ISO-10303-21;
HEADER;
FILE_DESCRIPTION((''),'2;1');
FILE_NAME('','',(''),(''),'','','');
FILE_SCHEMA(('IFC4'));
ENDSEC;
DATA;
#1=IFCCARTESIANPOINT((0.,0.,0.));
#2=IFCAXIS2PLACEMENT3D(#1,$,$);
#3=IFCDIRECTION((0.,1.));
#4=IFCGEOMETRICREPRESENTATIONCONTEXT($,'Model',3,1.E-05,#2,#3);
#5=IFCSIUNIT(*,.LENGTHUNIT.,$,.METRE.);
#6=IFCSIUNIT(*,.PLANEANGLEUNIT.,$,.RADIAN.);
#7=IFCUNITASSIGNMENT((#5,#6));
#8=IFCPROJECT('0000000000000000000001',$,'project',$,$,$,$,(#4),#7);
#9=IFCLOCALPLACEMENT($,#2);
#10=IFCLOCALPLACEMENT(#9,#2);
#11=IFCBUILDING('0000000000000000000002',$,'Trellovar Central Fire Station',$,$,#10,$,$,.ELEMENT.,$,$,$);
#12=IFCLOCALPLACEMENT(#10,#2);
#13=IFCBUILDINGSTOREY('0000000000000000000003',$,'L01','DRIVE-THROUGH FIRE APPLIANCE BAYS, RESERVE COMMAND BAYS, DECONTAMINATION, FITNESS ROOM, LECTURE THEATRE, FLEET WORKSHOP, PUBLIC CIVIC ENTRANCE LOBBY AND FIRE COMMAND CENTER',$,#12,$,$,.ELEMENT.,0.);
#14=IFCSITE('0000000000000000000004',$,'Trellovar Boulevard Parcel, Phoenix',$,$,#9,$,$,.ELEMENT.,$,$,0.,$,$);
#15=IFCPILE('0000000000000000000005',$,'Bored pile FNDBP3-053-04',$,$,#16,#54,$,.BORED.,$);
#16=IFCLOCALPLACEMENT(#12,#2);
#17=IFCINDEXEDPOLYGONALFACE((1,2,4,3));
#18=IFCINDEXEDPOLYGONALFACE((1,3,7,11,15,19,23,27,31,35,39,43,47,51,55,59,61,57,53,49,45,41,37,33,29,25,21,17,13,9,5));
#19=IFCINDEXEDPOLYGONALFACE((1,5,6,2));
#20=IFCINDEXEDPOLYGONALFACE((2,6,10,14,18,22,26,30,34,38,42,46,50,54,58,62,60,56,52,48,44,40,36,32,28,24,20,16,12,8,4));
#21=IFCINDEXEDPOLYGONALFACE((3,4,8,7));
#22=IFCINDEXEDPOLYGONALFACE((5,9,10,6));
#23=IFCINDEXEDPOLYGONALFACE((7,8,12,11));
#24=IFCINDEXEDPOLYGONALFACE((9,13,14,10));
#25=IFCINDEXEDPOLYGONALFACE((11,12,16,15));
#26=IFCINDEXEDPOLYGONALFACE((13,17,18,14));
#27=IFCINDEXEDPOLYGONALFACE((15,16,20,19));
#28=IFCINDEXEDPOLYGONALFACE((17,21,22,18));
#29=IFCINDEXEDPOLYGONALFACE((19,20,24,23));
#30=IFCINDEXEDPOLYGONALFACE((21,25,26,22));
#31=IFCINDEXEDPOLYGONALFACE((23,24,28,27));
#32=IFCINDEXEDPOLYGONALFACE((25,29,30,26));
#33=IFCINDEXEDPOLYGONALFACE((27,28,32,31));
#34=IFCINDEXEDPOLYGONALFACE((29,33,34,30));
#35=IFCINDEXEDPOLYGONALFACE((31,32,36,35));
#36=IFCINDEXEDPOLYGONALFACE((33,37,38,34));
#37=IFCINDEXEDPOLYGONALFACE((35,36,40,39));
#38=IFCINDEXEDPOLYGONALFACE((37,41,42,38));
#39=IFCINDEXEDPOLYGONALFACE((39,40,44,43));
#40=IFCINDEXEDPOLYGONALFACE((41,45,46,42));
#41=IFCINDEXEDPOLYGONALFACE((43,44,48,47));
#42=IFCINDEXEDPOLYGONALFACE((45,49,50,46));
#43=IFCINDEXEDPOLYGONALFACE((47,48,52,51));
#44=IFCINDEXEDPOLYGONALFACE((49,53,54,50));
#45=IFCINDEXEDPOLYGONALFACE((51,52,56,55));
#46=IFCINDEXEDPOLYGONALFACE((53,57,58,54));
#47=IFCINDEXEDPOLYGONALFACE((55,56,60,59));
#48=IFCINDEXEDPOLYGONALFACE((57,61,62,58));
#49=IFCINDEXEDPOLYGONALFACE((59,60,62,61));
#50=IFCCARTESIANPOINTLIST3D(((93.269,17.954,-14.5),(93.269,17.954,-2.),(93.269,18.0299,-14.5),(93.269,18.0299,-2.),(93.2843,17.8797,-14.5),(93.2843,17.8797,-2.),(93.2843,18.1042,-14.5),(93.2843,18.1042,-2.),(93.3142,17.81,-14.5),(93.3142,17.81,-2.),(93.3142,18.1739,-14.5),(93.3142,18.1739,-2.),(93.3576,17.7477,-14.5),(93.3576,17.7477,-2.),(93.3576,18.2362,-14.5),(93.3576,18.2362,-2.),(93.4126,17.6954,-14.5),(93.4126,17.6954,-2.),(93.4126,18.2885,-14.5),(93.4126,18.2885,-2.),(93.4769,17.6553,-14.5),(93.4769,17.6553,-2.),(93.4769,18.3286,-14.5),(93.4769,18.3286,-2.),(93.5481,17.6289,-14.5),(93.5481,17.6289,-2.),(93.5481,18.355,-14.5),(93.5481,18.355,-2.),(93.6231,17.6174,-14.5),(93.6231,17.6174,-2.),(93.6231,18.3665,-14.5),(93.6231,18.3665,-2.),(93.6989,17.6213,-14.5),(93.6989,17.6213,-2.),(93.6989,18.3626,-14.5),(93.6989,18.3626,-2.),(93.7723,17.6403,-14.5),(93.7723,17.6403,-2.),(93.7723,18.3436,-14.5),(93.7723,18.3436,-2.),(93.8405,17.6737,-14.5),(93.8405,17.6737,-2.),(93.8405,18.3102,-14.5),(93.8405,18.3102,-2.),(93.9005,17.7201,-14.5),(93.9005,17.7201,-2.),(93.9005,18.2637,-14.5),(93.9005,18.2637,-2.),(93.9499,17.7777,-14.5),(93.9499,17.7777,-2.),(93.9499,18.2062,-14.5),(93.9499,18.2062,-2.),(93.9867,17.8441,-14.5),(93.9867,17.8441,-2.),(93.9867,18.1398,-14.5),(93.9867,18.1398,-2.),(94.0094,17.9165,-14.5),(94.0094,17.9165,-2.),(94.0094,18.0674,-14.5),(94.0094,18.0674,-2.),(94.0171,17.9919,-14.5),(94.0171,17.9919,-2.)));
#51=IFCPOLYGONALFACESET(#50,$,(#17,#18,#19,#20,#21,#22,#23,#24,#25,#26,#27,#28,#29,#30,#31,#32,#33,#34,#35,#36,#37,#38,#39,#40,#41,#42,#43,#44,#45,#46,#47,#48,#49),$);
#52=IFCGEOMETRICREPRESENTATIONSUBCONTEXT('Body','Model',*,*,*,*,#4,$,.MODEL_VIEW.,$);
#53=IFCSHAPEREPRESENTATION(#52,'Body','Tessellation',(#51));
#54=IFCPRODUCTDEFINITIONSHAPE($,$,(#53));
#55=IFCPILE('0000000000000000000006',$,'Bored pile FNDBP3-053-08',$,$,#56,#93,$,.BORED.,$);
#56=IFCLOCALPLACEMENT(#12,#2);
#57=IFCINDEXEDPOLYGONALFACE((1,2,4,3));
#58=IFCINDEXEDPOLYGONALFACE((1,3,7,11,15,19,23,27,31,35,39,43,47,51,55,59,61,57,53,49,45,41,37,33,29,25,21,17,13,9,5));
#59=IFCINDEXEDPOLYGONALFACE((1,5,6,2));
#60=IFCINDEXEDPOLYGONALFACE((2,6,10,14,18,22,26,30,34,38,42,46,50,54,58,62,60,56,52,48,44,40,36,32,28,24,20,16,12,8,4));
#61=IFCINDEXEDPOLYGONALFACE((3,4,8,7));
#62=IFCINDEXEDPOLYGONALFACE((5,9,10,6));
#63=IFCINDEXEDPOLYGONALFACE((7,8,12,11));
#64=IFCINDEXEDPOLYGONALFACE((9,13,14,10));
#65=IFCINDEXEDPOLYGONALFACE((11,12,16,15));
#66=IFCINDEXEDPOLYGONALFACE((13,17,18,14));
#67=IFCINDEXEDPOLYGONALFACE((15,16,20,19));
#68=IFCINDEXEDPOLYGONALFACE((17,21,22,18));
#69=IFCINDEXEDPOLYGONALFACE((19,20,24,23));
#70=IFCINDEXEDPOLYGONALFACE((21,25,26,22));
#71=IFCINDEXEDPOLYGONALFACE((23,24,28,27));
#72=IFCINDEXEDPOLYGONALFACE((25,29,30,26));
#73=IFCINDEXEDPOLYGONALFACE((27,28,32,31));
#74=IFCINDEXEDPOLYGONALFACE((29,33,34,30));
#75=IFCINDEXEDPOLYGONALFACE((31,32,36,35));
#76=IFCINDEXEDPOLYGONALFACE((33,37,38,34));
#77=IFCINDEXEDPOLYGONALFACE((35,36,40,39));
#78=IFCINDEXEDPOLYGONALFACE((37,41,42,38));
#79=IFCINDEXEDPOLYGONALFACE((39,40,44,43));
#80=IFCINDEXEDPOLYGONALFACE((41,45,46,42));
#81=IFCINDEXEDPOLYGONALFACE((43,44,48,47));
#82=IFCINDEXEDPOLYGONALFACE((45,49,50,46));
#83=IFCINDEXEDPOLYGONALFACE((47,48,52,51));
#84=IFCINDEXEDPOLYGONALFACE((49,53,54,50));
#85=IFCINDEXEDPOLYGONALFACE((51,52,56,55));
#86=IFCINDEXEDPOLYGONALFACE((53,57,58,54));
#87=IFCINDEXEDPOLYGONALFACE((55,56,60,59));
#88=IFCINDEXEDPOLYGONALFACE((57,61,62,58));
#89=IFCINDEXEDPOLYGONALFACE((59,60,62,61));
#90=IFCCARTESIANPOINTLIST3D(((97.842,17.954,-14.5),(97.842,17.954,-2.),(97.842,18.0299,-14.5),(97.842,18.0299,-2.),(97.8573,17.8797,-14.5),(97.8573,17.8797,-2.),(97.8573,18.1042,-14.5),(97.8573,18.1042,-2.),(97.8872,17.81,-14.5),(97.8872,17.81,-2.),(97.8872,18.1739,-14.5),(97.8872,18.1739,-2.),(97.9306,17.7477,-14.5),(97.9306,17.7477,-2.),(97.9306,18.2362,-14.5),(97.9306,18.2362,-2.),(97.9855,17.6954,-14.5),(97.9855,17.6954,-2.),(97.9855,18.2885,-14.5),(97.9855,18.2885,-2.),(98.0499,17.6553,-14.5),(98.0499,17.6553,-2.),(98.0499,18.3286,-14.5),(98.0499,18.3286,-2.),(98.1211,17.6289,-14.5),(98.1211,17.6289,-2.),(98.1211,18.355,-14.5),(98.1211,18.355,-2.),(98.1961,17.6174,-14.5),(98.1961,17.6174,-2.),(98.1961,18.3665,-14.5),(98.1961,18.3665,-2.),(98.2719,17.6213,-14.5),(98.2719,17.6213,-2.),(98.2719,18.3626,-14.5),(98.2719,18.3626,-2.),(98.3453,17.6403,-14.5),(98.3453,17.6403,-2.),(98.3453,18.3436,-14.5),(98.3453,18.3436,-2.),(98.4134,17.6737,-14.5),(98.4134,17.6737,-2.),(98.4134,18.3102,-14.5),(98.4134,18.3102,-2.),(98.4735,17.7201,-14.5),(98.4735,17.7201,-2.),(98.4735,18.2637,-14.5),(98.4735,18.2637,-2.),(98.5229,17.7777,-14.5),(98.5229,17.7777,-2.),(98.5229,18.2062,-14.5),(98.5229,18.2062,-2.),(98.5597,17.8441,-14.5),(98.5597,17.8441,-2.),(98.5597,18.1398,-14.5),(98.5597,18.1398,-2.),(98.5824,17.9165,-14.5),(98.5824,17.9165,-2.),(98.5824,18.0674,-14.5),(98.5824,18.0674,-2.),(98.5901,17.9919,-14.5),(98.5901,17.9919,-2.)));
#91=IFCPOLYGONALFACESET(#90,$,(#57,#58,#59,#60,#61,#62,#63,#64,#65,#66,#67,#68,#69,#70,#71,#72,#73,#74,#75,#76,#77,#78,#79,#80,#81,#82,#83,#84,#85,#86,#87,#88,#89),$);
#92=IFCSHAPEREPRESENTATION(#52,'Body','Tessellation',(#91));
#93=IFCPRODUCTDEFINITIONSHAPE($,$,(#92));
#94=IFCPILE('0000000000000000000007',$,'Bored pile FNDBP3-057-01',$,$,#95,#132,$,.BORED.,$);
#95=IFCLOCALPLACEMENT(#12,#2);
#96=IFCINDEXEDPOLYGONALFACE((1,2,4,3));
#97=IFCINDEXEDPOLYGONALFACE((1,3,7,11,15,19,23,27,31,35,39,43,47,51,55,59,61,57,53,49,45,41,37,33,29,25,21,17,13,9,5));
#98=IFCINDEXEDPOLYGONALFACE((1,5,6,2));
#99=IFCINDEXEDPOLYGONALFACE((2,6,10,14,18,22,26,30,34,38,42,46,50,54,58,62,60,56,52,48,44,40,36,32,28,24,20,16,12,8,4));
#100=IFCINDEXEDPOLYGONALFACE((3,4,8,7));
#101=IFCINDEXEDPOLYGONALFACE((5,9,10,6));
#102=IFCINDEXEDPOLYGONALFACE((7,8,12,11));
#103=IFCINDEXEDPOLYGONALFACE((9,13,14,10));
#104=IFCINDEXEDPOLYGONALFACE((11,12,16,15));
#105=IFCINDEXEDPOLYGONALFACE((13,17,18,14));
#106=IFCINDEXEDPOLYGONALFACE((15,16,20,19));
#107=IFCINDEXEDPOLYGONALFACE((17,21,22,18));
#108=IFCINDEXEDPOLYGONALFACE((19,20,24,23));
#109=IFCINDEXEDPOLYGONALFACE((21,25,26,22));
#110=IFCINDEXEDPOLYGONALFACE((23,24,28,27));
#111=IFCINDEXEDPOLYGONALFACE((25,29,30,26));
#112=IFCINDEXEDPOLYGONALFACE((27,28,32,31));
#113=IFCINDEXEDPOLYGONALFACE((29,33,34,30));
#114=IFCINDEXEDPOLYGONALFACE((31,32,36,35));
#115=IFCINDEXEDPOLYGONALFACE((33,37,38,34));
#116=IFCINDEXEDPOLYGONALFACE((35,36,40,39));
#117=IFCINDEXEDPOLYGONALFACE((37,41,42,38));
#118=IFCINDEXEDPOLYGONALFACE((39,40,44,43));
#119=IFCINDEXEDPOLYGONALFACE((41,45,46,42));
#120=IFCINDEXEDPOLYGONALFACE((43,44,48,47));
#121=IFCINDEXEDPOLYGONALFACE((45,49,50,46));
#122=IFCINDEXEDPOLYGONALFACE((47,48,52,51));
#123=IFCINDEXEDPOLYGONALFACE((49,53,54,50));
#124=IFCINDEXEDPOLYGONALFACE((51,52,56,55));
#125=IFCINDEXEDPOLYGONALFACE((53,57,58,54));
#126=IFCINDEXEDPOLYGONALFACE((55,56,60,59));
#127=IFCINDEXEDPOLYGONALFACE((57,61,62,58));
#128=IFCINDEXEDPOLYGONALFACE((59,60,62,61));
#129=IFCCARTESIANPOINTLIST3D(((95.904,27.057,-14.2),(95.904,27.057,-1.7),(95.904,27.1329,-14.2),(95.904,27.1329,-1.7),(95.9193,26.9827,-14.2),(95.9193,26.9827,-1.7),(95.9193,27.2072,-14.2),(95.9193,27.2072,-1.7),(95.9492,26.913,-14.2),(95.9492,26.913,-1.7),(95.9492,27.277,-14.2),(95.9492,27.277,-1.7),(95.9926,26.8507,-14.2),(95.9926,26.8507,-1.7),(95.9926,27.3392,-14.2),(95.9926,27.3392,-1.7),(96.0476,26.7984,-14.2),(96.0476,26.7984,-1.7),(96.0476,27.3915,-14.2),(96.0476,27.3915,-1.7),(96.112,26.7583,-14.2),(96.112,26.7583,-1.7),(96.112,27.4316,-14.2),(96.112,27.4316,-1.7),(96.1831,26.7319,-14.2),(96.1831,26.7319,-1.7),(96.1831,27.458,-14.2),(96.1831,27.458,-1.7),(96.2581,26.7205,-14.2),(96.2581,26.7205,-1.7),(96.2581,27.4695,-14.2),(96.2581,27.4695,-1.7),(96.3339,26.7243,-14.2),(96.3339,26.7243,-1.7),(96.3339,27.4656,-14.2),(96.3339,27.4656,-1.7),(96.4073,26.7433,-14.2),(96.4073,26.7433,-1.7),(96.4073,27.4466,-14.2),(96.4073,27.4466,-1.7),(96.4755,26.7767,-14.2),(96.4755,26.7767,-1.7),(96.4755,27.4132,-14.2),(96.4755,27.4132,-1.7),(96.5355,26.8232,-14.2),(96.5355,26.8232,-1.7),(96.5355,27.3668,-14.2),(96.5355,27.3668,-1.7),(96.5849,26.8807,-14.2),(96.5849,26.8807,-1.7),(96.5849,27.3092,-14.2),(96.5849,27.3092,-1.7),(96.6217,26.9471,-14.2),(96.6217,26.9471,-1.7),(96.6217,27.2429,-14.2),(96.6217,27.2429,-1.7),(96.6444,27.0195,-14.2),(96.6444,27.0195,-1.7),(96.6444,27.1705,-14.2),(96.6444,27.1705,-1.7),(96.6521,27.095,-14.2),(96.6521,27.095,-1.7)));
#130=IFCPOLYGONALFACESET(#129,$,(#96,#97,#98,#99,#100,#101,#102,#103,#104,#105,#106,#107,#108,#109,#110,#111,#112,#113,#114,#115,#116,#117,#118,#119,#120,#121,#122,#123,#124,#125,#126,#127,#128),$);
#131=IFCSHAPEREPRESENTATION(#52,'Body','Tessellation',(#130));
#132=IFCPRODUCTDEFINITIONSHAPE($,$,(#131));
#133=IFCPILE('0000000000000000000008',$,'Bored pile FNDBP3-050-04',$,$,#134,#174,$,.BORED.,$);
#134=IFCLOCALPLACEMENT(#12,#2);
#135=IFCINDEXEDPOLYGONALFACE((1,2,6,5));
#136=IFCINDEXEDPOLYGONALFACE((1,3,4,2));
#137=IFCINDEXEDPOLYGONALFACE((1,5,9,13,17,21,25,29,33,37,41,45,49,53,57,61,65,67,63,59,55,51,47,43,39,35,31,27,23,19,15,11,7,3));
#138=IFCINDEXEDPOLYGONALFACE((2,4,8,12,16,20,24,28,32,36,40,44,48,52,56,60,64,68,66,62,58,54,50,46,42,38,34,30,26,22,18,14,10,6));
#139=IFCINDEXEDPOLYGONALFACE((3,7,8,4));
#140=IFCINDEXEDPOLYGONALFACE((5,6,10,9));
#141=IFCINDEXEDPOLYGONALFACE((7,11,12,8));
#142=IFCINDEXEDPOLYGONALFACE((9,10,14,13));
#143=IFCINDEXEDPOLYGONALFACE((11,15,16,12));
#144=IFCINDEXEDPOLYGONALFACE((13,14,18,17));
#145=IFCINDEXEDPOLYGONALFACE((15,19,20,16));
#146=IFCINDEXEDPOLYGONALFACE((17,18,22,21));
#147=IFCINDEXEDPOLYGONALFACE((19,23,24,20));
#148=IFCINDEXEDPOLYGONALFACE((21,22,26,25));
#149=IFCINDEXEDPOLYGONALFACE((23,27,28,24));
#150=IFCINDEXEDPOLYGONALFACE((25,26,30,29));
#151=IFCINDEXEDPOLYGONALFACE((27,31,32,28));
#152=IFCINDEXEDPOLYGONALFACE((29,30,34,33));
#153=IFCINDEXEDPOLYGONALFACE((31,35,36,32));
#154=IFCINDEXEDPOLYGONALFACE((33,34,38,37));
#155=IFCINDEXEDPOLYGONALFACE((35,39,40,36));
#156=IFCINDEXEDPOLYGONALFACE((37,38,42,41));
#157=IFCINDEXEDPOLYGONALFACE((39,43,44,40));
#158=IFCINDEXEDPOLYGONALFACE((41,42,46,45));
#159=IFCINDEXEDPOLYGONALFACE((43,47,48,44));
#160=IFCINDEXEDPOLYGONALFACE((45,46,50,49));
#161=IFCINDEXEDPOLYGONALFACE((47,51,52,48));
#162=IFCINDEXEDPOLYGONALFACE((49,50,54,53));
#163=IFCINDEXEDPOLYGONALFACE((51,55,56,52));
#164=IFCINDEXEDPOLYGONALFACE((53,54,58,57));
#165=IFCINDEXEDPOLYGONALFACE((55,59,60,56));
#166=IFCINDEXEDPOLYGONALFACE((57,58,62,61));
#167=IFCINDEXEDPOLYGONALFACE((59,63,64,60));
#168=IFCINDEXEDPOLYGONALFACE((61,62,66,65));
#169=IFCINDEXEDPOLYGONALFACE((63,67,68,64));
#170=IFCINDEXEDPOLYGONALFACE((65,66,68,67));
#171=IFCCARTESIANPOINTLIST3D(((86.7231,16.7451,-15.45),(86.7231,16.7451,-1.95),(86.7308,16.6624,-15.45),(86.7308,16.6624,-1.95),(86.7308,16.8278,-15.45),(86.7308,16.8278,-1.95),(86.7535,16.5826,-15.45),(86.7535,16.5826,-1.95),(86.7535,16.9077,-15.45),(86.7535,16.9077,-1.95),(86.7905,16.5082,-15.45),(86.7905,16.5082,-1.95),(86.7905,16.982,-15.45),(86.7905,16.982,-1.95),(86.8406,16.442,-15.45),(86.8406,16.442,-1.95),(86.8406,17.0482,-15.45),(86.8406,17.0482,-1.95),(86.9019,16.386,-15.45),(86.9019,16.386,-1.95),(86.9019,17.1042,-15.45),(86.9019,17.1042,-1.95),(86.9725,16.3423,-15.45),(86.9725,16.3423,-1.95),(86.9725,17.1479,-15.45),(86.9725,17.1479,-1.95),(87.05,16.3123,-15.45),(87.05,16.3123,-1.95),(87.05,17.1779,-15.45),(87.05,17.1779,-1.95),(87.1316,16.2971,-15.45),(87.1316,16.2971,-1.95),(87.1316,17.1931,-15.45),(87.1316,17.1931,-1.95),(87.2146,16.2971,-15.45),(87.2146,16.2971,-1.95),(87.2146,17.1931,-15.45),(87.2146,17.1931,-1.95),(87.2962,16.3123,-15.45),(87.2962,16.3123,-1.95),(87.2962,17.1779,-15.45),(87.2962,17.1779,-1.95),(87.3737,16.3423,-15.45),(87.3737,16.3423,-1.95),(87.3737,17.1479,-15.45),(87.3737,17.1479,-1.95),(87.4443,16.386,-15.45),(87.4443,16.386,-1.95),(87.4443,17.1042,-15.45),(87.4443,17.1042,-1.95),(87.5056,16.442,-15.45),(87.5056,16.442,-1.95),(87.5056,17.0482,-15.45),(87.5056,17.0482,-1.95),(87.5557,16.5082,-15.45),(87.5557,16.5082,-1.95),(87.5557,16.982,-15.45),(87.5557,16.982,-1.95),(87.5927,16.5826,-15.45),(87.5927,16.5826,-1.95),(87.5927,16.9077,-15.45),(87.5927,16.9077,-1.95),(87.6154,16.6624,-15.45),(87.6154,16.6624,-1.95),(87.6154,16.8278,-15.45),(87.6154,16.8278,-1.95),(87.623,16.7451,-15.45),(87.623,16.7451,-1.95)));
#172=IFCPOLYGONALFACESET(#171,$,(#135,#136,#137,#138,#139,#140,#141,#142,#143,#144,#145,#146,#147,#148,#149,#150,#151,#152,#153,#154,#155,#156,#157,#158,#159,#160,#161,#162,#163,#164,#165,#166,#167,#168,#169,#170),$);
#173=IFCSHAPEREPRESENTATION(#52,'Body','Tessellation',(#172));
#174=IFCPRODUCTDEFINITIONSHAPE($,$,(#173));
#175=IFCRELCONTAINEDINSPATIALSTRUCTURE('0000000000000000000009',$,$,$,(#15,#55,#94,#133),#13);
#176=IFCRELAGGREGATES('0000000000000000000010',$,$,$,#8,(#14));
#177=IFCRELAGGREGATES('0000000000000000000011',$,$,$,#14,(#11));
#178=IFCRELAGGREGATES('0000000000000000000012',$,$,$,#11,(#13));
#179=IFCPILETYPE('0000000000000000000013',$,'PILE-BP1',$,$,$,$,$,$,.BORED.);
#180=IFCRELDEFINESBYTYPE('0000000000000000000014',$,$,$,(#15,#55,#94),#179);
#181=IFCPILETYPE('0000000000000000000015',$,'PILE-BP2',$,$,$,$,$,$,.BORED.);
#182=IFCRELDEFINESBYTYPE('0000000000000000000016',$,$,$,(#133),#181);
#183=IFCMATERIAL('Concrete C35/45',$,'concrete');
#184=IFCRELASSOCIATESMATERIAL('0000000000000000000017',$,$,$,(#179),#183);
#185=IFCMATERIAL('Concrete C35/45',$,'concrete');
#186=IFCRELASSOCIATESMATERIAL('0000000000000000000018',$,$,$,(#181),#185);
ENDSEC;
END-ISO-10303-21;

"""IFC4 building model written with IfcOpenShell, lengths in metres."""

from ifc_helpers import new_model, si_unit, direction, frame, origin, origin_2d, place, context, subcontext, project, spatial, circle, extrude, material, material_profile, profile_set, type_object, element, save


model = new_model("IFC4")

# Units and contexts
model_context = context("Model", 3, precision=1e-05, world=origin(), true_north=direction((0.0, 1.0)))
body_context = subcontext(model_context, "Body", "Model", "MODEL_VIEW")
ifc_project = project(units=[si_unit("LENGTHUNIT", "METRE"), si_unit("PLANEANGLEUNIT", "RADIAN")], contexts=[model_context])

# Site, building, storey
site_placement = place(None, origin())
site = spatial("IfcSite", under=ifc_project, at=site_placement, Name="Trellovar Boulevard Parcel, Phoenix", CompositionType="ELEMENT", RefElevation=0.0)
building_placement = place(site_placement, origin())
building = spatial("IfcBuilding", under=site, at=building_placement, Name="Trellovar Central Fire Station", CompositionType="ELEMENT")
storey_placement = place(building_placement, origin())
storey = spatial("IfcBuildingStorey", under=building, at=storey_placement, Name="L01", Description="DRIVE-THROUGH FIRE APPLIANCE BAYS, RESERVE COMMAND BAYS, DECONTAMINATION, FITNESS ROOM, LECTURE THEATRE, FLEET WORKSHOP, PUBLIC CIVIC ENTRANCE LOBBY AND FIRE COMMAND CENTER", CompositionType="ELEMENT", Elevation=0.0)

# Piles
ifc_material_1 = material(Name="Concrete C35/45", Category="concrete")
ifc_material_profile_1 = material_profile(ifc_material_1, circle(Radius=0.375, at=origin_2d()), Name="PILE750")
ifc_profile_set_1 = profile_set([ifc_material_profile_1], Name="Concrete C35/45")
pile_type_1 = type_object("IfcPileType", Name="PILE-BP1", PredefinedType="BORED", material=ifc_profile_set_1)
for number, where, z_axis, x_axis, name in (
    (1, (93.6421, 17.9919, -2.0), (0.0, 0.0, -1.0), (1.0, 0.0, 0.0), "Bored pile FNDBP3-053-04"),
    (2, (98.2151, 17.9919, -2.0), (0.0, 0.0, -1.0), (1.0, 0.0, 0.0), "Bored pile FNDBP3-053-08"),
    (3, (96.2771, 27.095, -1.7), (0.0, 0.0, -1.0), (1.0, 0.0, 0.0), "Bored pile FNDBP3-057-01"),
):
    element("IfcPile", number, at=place(storey_placement, frame(where, z_axis=z_axis, x_axis=x_axis)), inside=storey, type_object=pile_type_1, Name=name, PredefinedType="BORED", context=body_context, shape_type="SweptSolid", body=[
        extrude(circle(Radius=0.375, at=origin_2d()), origin(), (0.0, 0.0, 1.0), 12.5),
    ])
ifc_material_2 = material(Name="Concrete C35/45", Category="concrete")
ifc_material_profile_2 = material_profile(ifc_material_2, circle(Radius=0.45, at=origin_2d()), Name="PILE900")
ifc_profile_set_2 = profile_set([ifc_material_profile_2], Name="Concrete C35/45")
pile_type_2 = type_object("IfcPileType", Name="PILE-BP2", PredefinedType="BORED", material=ifc_profile_set_2)
for number, where, z_axis, x_axis, name in (
    (4, (87.1731, 16.7451, -1.95), (0.0, 0.0, -1.0), (1.0, 0.0, 0.0), "Bored pile FNDBP3-050-04"),
):
    element("IfcPile", number, at=place(storey_placement, frame(where, z_axis=z_axis, x_axis=x_axis)), inside=storey, type_object=pile_type_2, Name=name, PredefinedType="BORED", context=body_context, shape_type="SweptSolid", body=[
        extrude(circle(Radius=0.45, at=origin_2d()), origin(), (0.0, 0.0, 1.0), 13.5),
    ])

save(model, "model.ifc")
